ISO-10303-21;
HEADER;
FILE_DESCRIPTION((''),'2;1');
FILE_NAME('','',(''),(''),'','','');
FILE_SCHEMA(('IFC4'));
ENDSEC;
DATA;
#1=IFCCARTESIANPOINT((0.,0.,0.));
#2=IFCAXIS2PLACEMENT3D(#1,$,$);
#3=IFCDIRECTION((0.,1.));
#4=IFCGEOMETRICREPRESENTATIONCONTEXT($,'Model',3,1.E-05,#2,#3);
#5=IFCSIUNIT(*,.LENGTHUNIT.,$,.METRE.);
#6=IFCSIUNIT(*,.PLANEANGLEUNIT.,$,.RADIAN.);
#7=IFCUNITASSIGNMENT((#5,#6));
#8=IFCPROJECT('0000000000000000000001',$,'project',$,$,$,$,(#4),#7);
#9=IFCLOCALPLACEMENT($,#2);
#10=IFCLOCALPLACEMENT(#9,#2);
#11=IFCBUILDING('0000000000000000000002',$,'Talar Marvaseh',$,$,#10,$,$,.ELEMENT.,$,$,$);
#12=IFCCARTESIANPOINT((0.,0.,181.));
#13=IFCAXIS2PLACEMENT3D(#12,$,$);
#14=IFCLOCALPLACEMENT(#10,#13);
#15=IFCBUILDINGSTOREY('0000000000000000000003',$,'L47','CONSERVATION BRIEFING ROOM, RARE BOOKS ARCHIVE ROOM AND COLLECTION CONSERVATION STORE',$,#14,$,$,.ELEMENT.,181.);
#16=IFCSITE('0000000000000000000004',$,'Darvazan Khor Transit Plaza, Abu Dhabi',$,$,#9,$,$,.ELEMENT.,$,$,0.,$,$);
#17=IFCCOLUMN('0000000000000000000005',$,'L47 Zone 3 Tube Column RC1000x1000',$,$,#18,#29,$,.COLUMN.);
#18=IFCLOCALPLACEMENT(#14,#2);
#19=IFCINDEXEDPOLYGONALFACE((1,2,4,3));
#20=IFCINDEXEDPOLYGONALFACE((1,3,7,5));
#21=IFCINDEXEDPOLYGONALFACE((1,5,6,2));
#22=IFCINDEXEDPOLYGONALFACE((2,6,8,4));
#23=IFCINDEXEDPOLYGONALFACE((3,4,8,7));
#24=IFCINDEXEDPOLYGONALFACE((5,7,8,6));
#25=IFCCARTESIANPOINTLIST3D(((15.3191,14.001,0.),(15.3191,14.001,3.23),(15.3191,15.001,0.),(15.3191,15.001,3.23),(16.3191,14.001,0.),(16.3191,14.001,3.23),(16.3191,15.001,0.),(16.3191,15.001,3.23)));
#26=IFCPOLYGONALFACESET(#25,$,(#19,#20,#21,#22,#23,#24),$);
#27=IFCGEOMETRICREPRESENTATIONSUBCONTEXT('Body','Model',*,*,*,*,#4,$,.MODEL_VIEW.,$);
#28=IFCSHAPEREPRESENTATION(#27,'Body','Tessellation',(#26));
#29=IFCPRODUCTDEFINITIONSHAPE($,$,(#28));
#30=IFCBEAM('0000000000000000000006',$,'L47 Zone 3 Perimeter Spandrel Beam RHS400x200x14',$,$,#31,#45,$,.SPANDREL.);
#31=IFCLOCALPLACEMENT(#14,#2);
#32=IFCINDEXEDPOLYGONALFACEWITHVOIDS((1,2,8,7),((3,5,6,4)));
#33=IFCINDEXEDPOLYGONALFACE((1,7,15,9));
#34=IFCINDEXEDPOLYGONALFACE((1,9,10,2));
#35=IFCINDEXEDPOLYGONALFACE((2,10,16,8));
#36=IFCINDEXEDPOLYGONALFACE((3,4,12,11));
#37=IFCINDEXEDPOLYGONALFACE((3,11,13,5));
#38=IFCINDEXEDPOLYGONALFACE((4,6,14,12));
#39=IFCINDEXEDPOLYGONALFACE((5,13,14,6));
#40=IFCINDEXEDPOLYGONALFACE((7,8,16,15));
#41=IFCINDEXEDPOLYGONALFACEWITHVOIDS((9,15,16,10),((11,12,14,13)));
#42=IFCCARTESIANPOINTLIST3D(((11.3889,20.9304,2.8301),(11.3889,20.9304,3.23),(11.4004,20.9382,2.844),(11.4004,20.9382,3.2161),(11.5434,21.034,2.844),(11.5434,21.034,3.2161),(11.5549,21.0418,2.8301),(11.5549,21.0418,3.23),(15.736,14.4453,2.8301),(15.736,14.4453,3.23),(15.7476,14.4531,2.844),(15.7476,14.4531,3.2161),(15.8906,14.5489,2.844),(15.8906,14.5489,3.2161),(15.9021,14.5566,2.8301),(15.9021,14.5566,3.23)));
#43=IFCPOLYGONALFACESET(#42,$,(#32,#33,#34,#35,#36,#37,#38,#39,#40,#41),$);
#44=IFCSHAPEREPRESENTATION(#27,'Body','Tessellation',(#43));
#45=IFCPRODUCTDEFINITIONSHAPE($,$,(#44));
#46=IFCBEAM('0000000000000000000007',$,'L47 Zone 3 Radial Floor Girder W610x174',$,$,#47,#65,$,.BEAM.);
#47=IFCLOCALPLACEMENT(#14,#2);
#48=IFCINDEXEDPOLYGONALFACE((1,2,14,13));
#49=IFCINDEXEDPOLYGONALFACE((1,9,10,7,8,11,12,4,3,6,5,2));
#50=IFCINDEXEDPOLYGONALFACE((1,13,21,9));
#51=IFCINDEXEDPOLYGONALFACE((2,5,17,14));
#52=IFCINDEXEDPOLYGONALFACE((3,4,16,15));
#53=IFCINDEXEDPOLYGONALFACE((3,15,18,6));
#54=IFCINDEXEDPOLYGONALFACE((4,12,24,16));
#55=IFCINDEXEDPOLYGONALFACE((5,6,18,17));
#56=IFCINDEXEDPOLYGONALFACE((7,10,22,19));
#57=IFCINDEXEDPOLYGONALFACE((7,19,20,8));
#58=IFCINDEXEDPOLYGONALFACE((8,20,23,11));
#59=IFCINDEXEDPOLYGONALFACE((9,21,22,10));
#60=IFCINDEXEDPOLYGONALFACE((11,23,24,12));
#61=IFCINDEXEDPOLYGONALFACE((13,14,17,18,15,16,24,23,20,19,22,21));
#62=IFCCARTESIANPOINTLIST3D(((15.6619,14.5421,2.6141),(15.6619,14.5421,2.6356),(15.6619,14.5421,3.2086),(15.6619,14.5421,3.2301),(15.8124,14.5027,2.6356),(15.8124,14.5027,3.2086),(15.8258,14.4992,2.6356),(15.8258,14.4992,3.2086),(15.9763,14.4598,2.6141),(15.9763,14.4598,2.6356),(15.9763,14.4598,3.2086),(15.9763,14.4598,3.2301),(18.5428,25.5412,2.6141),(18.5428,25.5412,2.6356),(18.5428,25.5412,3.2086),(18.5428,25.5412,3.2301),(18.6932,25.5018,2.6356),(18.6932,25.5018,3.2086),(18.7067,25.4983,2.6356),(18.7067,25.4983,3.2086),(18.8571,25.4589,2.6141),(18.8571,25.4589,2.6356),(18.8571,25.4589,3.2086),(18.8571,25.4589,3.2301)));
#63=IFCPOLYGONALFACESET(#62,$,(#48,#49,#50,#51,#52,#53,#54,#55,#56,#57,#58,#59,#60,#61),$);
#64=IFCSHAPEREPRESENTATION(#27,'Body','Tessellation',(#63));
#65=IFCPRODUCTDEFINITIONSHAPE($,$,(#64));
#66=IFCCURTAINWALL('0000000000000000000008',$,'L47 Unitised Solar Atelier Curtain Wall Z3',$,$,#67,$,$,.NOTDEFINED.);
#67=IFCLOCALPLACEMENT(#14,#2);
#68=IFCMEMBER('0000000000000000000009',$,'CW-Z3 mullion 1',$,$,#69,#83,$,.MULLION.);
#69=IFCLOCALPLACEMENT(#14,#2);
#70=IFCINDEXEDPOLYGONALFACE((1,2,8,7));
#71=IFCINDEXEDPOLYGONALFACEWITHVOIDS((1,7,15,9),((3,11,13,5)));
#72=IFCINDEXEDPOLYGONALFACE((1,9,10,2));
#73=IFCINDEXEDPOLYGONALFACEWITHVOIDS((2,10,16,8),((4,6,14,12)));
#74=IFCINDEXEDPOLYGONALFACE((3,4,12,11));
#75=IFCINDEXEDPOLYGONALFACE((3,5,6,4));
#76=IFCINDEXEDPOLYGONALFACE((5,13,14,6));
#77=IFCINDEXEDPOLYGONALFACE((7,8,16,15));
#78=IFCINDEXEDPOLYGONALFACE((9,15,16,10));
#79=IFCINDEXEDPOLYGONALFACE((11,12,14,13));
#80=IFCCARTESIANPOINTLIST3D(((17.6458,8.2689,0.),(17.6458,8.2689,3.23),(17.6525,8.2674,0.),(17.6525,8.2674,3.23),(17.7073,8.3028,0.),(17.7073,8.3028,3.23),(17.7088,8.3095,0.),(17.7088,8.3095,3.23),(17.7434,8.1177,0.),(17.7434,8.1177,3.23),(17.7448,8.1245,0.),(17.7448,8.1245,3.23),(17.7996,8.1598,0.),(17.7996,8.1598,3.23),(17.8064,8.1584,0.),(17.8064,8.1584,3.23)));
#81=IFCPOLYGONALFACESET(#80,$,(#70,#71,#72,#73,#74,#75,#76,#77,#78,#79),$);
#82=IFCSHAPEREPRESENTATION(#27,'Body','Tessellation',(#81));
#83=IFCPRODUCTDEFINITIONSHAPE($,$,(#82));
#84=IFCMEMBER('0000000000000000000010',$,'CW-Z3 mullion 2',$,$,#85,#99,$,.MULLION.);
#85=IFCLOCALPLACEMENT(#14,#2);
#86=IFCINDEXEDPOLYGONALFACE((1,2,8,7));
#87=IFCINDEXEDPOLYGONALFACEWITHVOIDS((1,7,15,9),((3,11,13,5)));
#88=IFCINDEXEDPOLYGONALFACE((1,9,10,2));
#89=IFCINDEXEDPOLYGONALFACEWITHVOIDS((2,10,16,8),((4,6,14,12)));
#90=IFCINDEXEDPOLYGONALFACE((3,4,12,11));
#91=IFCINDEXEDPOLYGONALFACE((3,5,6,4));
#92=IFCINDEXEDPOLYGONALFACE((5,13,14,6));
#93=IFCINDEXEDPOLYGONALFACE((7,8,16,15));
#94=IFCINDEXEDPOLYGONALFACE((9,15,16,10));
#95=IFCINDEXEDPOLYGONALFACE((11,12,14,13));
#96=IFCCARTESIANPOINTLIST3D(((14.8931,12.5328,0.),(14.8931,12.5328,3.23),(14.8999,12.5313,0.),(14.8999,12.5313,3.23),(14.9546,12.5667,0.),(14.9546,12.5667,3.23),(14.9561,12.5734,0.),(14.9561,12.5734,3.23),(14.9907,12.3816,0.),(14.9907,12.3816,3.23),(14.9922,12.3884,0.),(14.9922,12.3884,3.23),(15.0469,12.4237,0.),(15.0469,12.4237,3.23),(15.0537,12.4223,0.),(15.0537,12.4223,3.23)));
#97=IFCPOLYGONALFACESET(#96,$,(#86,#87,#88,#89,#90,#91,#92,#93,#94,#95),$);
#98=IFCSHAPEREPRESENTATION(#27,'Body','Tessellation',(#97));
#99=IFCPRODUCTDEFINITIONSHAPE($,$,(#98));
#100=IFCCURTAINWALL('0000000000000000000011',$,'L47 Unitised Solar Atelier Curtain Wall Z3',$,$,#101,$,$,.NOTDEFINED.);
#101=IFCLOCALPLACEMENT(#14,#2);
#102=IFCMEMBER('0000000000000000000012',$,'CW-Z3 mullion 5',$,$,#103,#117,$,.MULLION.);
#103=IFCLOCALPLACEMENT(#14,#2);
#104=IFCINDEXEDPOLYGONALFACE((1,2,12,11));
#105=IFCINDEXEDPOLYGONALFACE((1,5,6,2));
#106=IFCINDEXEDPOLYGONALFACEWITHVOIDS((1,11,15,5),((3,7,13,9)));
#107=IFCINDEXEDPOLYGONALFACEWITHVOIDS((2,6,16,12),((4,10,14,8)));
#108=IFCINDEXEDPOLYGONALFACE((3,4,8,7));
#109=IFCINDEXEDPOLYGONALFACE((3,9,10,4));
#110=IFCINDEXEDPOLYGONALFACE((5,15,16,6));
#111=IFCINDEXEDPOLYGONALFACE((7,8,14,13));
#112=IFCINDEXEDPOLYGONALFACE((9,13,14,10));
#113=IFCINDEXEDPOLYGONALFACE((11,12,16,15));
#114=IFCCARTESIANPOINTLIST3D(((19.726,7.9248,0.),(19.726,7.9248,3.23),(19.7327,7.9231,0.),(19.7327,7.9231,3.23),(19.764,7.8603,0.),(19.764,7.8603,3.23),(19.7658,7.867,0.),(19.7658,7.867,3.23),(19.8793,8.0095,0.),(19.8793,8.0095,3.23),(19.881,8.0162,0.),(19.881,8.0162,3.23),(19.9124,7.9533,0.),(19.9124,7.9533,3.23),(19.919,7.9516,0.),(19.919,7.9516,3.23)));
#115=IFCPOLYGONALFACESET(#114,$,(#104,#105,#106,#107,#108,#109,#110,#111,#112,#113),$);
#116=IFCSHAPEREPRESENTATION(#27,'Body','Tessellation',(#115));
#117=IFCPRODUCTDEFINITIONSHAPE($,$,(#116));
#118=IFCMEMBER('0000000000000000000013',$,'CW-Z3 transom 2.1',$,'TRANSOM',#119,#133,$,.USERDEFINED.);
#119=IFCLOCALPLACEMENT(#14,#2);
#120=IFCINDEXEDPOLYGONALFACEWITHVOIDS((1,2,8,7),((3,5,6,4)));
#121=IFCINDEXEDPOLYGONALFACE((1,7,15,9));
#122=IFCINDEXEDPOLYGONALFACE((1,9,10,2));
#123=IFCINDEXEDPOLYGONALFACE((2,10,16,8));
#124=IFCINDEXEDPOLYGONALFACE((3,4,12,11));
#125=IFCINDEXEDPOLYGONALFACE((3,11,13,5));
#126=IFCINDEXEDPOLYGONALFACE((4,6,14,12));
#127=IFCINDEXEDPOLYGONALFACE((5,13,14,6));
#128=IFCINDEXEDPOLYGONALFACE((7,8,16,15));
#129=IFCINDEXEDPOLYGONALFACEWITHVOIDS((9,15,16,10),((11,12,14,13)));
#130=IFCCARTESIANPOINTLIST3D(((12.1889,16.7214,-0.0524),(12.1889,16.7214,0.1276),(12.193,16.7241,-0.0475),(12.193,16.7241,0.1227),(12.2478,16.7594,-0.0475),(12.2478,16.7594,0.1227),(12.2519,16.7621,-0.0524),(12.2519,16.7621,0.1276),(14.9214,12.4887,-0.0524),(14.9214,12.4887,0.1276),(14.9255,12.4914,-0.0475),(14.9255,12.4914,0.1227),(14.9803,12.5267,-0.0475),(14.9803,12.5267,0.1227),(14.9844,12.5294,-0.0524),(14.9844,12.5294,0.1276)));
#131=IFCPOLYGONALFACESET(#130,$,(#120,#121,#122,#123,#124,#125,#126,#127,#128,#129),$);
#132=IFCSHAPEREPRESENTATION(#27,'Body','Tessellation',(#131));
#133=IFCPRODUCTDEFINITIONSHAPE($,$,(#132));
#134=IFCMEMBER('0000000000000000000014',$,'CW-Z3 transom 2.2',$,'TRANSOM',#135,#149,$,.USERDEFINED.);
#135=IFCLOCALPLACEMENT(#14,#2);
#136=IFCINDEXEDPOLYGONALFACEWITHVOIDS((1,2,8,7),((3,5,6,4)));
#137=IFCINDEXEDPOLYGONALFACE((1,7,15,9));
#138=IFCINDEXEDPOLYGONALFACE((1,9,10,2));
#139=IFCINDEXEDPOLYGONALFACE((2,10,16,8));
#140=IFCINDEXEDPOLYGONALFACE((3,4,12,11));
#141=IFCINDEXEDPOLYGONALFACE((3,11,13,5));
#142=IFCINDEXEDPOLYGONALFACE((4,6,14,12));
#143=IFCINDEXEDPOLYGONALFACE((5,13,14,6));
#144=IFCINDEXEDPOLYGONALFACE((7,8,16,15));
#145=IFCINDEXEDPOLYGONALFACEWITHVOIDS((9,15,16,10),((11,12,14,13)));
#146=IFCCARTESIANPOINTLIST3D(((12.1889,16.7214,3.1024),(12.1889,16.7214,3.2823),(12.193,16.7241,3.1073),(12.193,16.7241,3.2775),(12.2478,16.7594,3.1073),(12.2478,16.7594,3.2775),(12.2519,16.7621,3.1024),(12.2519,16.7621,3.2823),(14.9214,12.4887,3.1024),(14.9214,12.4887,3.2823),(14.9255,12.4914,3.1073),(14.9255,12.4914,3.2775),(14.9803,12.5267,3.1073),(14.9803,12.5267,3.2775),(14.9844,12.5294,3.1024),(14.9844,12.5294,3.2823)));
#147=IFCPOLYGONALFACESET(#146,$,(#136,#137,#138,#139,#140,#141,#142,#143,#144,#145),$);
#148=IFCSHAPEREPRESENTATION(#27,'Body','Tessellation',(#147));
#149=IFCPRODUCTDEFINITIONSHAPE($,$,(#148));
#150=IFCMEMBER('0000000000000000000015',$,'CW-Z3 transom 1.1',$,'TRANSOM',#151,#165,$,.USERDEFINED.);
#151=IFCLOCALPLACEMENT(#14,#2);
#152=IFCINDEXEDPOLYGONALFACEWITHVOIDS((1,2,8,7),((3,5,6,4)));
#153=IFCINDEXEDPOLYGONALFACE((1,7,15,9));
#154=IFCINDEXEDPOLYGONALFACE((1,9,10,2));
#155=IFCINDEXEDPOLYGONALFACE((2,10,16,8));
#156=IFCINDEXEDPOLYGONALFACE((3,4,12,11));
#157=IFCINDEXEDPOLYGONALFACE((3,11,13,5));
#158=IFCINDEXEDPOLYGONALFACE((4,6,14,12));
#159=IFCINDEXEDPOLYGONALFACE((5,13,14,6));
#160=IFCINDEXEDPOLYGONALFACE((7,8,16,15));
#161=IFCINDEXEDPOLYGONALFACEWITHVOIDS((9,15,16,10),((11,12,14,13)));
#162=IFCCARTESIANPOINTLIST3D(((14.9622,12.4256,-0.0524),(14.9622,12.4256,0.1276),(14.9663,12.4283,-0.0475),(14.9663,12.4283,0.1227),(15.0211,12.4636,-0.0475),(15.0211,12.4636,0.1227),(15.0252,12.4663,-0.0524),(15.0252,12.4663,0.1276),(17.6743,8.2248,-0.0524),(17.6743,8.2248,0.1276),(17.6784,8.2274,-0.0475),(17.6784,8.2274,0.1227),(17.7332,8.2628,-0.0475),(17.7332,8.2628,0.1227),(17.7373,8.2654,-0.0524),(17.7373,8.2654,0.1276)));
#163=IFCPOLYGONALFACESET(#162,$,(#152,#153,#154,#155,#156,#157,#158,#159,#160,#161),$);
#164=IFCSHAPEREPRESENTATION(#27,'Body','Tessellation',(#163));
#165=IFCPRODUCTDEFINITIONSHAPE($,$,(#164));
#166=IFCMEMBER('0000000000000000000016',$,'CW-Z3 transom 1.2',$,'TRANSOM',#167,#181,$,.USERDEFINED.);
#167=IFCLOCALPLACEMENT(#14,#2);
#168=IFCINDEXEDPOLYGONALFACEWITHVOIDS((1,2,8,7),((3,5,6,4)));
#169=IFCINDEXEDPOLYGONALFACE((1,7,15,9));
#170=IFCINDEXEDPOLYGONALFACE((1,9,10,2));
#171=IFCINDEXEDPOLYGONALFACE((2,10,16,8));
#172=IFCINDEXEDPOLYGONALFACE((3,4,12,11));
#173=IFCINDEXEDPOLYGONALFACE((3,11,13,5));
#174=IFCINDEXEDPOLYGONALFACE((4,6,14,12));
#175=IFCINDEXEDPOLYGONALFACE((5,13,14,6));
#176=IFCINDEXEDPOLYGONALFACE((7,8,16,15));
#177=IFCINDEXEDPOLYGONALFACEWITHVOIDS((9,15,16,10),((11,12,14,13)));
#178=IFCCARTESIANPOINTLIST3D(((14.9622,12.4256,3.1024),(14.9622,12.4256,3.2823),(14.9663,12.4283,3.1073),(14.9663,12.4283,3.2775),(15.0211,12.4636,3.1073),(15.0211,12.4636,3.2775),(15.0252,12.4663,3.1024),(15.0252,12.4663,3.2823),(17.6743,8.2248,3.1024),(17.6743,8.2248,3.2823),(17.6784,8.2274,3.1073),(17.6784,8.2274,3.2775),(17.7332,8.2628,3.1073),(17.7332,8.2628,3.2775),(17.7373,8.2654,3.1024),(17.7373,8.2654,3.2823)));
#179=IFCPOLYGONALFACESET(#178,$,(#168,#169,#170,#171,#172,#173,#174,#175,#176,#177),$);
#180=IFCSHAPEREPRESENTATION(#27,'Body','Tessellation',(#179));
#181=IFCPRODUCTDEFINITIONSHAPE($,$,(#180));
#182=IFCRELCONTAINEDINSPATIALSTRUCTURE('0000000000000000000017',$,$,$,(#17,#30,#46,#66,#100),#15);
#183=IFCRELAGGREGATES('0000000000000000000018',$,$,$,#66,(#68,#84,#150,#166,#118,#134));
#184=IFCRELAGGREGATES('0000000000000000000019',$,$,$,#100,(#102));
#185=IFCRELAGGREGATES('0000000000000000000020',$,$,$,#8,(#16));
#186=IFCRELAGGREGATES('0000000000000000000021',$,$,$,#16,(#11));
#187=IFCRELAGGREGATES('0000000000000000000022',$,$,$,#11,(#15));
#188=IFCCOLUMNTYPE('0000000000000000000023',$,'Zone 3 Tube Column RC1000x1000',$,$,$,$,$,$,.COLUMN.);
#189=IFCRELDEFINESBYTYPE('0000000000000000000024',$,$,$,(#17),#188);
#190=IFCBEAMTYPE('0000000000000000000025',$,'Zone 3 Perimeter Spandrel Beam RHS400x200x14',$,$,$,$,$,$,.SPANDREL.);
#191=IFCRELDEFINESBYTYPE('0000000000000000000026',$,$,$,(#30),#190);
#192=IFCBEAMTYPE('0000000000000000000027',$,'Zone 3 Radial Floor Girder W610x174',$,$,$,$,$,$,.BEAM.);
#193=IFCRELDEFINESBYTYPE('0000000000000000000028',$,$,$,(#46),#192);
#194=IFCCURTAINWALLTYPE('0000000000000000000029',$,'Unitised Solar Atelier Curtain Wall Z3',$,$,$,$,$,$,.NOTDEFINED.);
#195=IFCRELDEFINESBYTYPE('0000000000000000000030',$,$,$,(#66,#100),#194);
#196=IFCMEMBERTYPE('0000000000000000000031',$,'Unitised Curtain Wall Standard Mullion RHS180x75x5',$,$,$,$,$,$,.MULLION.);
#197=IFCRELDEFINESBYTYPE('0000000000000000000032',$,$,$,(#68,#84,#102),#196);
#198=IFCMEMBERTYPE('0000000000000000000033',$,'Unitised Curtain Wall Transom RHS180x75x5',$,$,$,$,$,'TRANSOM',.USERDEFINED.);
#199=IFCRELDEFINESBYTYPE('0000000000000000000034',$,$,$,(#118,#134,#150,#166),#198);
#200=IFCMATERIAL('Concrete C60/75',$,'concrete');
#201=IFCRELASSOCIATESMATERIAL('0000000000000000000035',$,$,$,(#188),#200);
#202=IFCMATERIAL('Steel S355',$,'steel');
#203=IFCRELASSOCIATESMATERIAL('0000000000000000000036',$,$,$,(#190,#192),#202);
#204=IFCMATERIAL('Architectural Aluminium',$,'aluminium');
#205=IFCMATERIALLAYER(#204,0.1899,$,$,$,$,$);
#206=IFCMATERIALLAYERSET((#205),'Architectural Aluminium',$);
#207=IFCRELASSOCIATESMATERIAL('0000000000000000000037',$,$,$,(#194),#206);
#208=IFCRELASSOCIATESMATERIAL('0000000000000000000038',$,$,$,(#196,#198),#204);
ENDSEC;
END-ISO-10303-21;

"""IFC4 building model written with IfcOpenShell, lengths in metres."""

from ifc_helpers import new_model, si_unit, direction, frame, origin, origin_2d, place, context, subcontext, project, spatial, rectangle, hollow_rectangle, i_section, extrude, source, transform, mapped, material, layer, layer_set, material_profile, profile_set, type_object, type_shapes, element, aggregate, save


model = new_model("IFC4")

# Units and contexts
model_context = context("Model", 3, precision=1e-05, world=origin(), true_north=direction((0.0, 1.0)))
body_context = subcontext(model_context, "Body", "Model", "MODEL_VIEW")
ifc_project = project(units=[si_unit("LENGTHUNIT", "METRE"), si_unit("PLANEANGLEUNIT", "RADIAN")], contexts=[model_context])

# Site, building, storey
site_placement = place(None, origin())
site = spatial("IfcSite", under=ifc_project, at=site_placement, Name="Darvazan Khor Transit Plaza, Abu Dhabi", CompositionType="ELEMENT", RefElevation=0.0)
building_placement = place(site_placement, origin())
building = spatial("IfcBuilding", under=site, at=building_placement, Name="Talar Marvaseh", CompositionType="ELEMENT")
storey_placement = place(building_placement, frame((0.0, 0.0, 181.0)))
storey = spatial("IfcBuildingStorey", under=building, at=storey_placement, Name="L47", Description="CONSERVATION BRIEFING ROOM, RARE BOOKS ARCHIVE ROOM AND COLLECTION CONSERVATION STORE", CompositionType="ELEMENT", Elevation=181.0)

# Column
ifc_material_1 = material(Name="Concrete C60/75", Category="concrete")
ifc_material_profile_1 = material_profile(ifc_material_1, rectangle(XDim=1.0, YDim=1.0, at=origin_2d()), Name="RC1000x1000")
ifc_profile_set_1 = profile_set([ifc_material_profile_1], Name="Concrete C60/75")
column_type = type_object("IfcColumnType", Name="Zone 3 Tube Column RC1000x1000", PredefinedType="COLUMN", material=ifc_profile_set_1)
column_placement = place(storey_placement, frame((15.8191, 14.501, 0.0), z_axis=(0.0, 0.0, 1.0), x_axis=(1.0, 0.0, 0.0)))
element("IfcColumn", 1, at=column_placement, inside=storey, type_object=column_type, Name="L47 Zone 3 Tube Column RC1000x1000", PredefinedType="COLUMN", context=body_context, shape_type="SweptSolid", body=[
    extrude(rectangle(XDim=1.0, YDim=1.0, at=origin_2d()), origin(), (0.0, 0.0, 1.0), 3.23),
])

# Beams
ifc_material_2 = material(Name="Steel S355", Category="steel")
ifc_material_profile_2 = material_profile(ifc_material_2, hollow_rectangle(XDim=0.2, YDim=0.3999, WallThickness=0.0139, at=origin_2d()), Name="RHS400x200x14")
ifc_profile_set_2 = profile_set([ifc_material_profile_2], Name="Steel S355")
beam_type_1 = type_object("IfcBeamType", Name="Zone 3 Perimeter Spandrel Beam RHS400x200x14", PredefinedType="SPANDREL", material=ifc_profile_set_2)
beam_1_placement = place(storey_placement, frame((15.8191, 14.501, 3.03), z_axis=(-0.556806, 0.830643, 0.0), x_axis=(-0.830643, -0.556806, 0.0)))
element("IfcBeam", 2, at=beam_1_placement, inside=storey, type_object=beam_type_1, Name="L47 Zone 3 Perimeter Spandrel Beam RHS400x200x14", PredefinedType="SPANDREL", context=body_context, shape_type="SweptSolid", body=[
    extrude(hollow_rectangle(XDim=0.2, YDim=0.3999, WallThickness=0.0139, at=origin_2d()), origin(), (0.0, 0.0, 1.0), 7.8074),
])
ifc_material_profile_3 = material_profile(ifc_material_2, i_section(OverallWidth=0.325, OverallDepth=0.616, WebThickness=0.0139, FlangeThickness=0.0215, at=origin_2d()), Name="W610x174")
ifc_profile_set_3 = profile_set([ifc_material_profile_3], Name="Steel S355")
beam_type_2 = type_object("IfcBeamType", Name="Zone 3 Radial Floor Girder W610x174", PredefinedType="BEAM", material=ifc_profile_set_3)
beam_2_placement = place(storey_placement, frame((15.8191, 14.501, 2.9221), z_axis=(0.253373, 0.967369, 0.0), x_axis=(-0.967369, 0.253373, 0.0)))
element("IfcBeam", 3, at=beam_2_placement, inside=storey, type_object=beam_type_2, Name="L47 Zone 3 Radial Floor Girder W610x174", PredefinedType="BEAM", context=body_context, shape_type="SweptSolid", body=[
    extrude(i_section(OverallWidth=0.325, OverallDepth=0.616, WebThickness=0.0139, FlangeThickness=0.0215, at=origin_2d()), origin(), (0.0, 0.0, 1.0), 11.3701),
])

# Curtain wall, members
ifc_material_3 = material(Name="Architectural Aluminium", Category="aluminium")
ifc_layer_1 = layer(ifc_material_3, 0.1899)
ifc_layer_set_1 = layer_set([ifc_layer_1], Name="Architectural Aluminium")
curtain_wall_type = type_object("IfcCurtainWallType", Name="Unitised Solar Atelier Curtain Wall Z3", PredefinedType="NOTDEFINED", material=ifc_layer_set_1)
curtain_wall_1_placement = place(storey_placement, origin())
curtain_wall_1 = element("IfcCurtainWall", 4, at=curtain_wall_1_placement, inside=storey, type_object=curtain_wall_type, Name="L47 Unitised Solar Atelier Curtain Wall Z3", PredefinedType="NOTDEFINED")
ifc_material_profile_4 = material_profile(ifc_material_3, hollow_rectangle(XDim=0.075, YDim=0.1799, WallThickness=0.0049, at=origin_2d()), Name="RHS180x75x5")
ifc_profile_set_4 = profile_set([ifc_material_profile_4], Name="Architectural Aluminium")
member_type_1 = type_object("IfcMemberType", Name="Unitised Curtain Wall Standard Mullion RHS180x75x5", PredefinedType="MULLION", material=ifc_profile_set_4)
shared_shape_1 = source(origin(), body_context, "Body", "SweptSolid", [
    extrude(hollow_rectangle(XDim=0.075, YDim=0.1799, WallThickness=0.0049, at=origin_2d()), origin(), (0.0, 0.0, 1.0), 3.23),
])
type_shapes(member_type_1, [shared_shape_1])
member_1_placement = place(storey_placement, frame((17.7261, 8.2136, 0.0), z_axis=(0.0, 0.0, 1.0), x_axis=(-0.840129, -0.542386, 0.0)))
member_1 = element("IfcMember", 5, at=member_1_placement, type_object=member_type_1, Name="CW-Z3 mullion 1", PredefinedType="MULLION", context=body_context, shape_type="MappedRepresentation", body=[
    mapped(shared_shape_1, transform((0.0, 0.0, 0.0), x_axis=(1.0, 0.0, 0.0), y_axis=(0.0, 1.0, 0.0), z_axis=(0.0, 0.0, 1.0), scale=1.0)),
])
member_2_placement = place(storey_placement, frame((14.9734, 12.4775, 0.0), z_axis=(0.0, 0.0, 1.0), x_axis=(-0.840129, -0.542386, 0.0)))
member_2 = element("IfcMember", 6, at=member_2_placement, type_object=member_type_1, Name="CW-Z3 mullion 2", PredefinedType="MULLION", context=body_context, shape_type="MappedRepresentation", body=[
    mapped(shared_shape_1, transform((0.0, 0.0, 0.0), x_axis=(1.0, 0.0, 0.0), y_axis=(0.0, 1.0, 0.0), z_axis=(0.0, 0.0, 1.0), scale=1.0)),
])

# Curtain wall, member
curtain_wall_2_placement = place(storey_placement, origin())
curtain_wall_2 = element("IfcCurtainWall", 7, at=curtain_wall_2_placement, inside=storey, type_object=curtain_wall_type, Name="L47 Unitised Solar Atelier Curtain Wall Z3", PredefinedType="NOTDEFINED")
member_3_placement = place(storey_placement, frame((19.8225, 7.9382, 0.0), z_axis=(0.0, 0.0, 1.0), x_axis=(0.507674, -0.861549, 0.0)))
member_3 = element("IfcMember", 8, at=member_3_placement, type_object=member_type_1, Name="CW-Z3 mullion 5", PredefinedType="MULLION", context=body_context, shape_type="MappedRepresentation", body=[
    mapped(shared_shape_1, transform((0.0, 0.0, 0.0), x_axis=(1.0, 0.0, 0.0), y_axis=(0.0, 1.0, 0.0), z_axis=(0.0, 0.0, 1.0), scale=1.0)),
])

# Members
ifc_material_profile_5 = material_profile(ifc_material_3, hollow_rectangle(XDim=0.075, YDim=0.1799, WallThickness=0.0049, at=origin_2d()), Name="RHS180x75x5")
ifc_profile_set_5 = profile_set([ifc_material_profile_5], Name="Architectural Aluminium")
member_type_2 = type_object("IfcMemberType", Name="Unitised Curtain Wall Transom RHS180x75x5", ElementType="TRANSOM", PredefinedType="USERDEFINED", material=ifc_profile_set_5)
shared_shape_2 = source(origin(), body_context, "Body", "SweptSolid", [
    extrude(hollow_rectangle(XDim=0.075, YDim=0.1799, WallThickness=0.0049, at=origin_2d()), origin(), (0.0, 0.0, 1.0), 5.0381),
])
member_4_placement = place(storey_placement, frame((14.9529, 12.509, 0.0376), z_axis=(-0.542361, 0.840146, 0.0), x_axis=(-0.840146, -0.542361, 0.0)))
member_4 = element("IfcMember", 9, at=member_4_placement, type_object=member_type_2, Name="CW-Z3 transom 2.1", ObjectType="TRANSOM", PredefinedType="USERDEFINED", context=body_context, shape_type="MappedRepresentation", body=[
    mapped(shared_shape_2, transform((0.0, 0.0, 0.0), x_axis=(1.0, 0.0, 0.0), y_axis=(0.0, 1.0, 0.0), z_axis=(0.0, 0.0, 1.0), scale=1.0)),
])
member_5_placement = place(storey_placement, frame((14.9529, 12.509, 3.1924), z_axis=(-0.542361, 0.840146, 0.0), x_axis=(-0.840146, -0.542361, 0.0)))
member_5 = element("IfcMember", 10, at=member_5_placement, type_object=member_type_2, Name="CW-Z3 transom 2.2", ObjectType="TRANSOM", PredefinedType="USERDEFINED", context=body_context, shape_type="MappedRepresentation", body=[
    mapped(shared_shape_2, transform((0.0, 0.0, 0.0), x_axis=(1.0, 0.0, 0.0), y_axis=(0.0, 1.0, 0.0), z_axis=(0.0, 0.0, 1.0), scale=1.0)),
])
shared_shape_3 = source(origin(), body_context, "Body", "SweptSolid", [
    extrude(hollow_rectangle(XDim=0.075, YDim=0.1799, WallThickness=0.0049, at=origin_2d()), origin(), (0.0, 0.0, 1.0), 5.0002),
])
type_shapes(member_type_2, [shared_shape_2, shared_shape_3])
member_6_placement = place(storey_placement, frame((17.7058, 8.2451, 0.0376), z_axis=(-0.542393, 0.840125, 0.0), x_axis=(-0.840125, -0.542393, 0.0)))
member_6 = element("IfcMember", 11, at=member_6_placement, type_object=member_type_2, Name="CW-Z3 transom 1.1", ObjectType="TRANSOM", PredefinedType="USERDEFINED", context=body_context, shape_type="MappedRepresentation", body=[
    mapped(shared_shape_3, transform((0.0, 0.0, 0.0), x_axis=(1.0, 0.0, 0.0), y_axis=(0.0, 1.0, 0.0), z_axis=(0.0, 0.0, 1.0), scale=1.0)),
])
member_7_placement = place(storey_placement, frame((17.7058, 8.2451, 3.1924), z_axis=(-0.542393, 0.840125, 0.0), x_axis=(-0.840125, -0.542393, 0.0)))
member_7 = element("IfcMember", 12, at=member_7_placement, type_object=member_type_2, Name="CW-Z3 transom 1.2", ObjectType="TRANSOM", PredefinedType="USERDEFINED", context=body_context, shape_type="MappedRepresentation", body=[
    mapped(shared_shape_3, transform((0.0, 0.0, 0.0), x_axis=(1.0, 0.0, 0.0), y_axis=(0.0, 1.0, 0.0), z_axis=(0.0, 0.0, 1.0), scale=1.0)),
])

aggregate(curtain_wall_1, [member_1, member_2, member_6, member_7, member_4, member_5])
aggregate(curtain_wall_2, [member_3])

save(model, "model.ifc")
